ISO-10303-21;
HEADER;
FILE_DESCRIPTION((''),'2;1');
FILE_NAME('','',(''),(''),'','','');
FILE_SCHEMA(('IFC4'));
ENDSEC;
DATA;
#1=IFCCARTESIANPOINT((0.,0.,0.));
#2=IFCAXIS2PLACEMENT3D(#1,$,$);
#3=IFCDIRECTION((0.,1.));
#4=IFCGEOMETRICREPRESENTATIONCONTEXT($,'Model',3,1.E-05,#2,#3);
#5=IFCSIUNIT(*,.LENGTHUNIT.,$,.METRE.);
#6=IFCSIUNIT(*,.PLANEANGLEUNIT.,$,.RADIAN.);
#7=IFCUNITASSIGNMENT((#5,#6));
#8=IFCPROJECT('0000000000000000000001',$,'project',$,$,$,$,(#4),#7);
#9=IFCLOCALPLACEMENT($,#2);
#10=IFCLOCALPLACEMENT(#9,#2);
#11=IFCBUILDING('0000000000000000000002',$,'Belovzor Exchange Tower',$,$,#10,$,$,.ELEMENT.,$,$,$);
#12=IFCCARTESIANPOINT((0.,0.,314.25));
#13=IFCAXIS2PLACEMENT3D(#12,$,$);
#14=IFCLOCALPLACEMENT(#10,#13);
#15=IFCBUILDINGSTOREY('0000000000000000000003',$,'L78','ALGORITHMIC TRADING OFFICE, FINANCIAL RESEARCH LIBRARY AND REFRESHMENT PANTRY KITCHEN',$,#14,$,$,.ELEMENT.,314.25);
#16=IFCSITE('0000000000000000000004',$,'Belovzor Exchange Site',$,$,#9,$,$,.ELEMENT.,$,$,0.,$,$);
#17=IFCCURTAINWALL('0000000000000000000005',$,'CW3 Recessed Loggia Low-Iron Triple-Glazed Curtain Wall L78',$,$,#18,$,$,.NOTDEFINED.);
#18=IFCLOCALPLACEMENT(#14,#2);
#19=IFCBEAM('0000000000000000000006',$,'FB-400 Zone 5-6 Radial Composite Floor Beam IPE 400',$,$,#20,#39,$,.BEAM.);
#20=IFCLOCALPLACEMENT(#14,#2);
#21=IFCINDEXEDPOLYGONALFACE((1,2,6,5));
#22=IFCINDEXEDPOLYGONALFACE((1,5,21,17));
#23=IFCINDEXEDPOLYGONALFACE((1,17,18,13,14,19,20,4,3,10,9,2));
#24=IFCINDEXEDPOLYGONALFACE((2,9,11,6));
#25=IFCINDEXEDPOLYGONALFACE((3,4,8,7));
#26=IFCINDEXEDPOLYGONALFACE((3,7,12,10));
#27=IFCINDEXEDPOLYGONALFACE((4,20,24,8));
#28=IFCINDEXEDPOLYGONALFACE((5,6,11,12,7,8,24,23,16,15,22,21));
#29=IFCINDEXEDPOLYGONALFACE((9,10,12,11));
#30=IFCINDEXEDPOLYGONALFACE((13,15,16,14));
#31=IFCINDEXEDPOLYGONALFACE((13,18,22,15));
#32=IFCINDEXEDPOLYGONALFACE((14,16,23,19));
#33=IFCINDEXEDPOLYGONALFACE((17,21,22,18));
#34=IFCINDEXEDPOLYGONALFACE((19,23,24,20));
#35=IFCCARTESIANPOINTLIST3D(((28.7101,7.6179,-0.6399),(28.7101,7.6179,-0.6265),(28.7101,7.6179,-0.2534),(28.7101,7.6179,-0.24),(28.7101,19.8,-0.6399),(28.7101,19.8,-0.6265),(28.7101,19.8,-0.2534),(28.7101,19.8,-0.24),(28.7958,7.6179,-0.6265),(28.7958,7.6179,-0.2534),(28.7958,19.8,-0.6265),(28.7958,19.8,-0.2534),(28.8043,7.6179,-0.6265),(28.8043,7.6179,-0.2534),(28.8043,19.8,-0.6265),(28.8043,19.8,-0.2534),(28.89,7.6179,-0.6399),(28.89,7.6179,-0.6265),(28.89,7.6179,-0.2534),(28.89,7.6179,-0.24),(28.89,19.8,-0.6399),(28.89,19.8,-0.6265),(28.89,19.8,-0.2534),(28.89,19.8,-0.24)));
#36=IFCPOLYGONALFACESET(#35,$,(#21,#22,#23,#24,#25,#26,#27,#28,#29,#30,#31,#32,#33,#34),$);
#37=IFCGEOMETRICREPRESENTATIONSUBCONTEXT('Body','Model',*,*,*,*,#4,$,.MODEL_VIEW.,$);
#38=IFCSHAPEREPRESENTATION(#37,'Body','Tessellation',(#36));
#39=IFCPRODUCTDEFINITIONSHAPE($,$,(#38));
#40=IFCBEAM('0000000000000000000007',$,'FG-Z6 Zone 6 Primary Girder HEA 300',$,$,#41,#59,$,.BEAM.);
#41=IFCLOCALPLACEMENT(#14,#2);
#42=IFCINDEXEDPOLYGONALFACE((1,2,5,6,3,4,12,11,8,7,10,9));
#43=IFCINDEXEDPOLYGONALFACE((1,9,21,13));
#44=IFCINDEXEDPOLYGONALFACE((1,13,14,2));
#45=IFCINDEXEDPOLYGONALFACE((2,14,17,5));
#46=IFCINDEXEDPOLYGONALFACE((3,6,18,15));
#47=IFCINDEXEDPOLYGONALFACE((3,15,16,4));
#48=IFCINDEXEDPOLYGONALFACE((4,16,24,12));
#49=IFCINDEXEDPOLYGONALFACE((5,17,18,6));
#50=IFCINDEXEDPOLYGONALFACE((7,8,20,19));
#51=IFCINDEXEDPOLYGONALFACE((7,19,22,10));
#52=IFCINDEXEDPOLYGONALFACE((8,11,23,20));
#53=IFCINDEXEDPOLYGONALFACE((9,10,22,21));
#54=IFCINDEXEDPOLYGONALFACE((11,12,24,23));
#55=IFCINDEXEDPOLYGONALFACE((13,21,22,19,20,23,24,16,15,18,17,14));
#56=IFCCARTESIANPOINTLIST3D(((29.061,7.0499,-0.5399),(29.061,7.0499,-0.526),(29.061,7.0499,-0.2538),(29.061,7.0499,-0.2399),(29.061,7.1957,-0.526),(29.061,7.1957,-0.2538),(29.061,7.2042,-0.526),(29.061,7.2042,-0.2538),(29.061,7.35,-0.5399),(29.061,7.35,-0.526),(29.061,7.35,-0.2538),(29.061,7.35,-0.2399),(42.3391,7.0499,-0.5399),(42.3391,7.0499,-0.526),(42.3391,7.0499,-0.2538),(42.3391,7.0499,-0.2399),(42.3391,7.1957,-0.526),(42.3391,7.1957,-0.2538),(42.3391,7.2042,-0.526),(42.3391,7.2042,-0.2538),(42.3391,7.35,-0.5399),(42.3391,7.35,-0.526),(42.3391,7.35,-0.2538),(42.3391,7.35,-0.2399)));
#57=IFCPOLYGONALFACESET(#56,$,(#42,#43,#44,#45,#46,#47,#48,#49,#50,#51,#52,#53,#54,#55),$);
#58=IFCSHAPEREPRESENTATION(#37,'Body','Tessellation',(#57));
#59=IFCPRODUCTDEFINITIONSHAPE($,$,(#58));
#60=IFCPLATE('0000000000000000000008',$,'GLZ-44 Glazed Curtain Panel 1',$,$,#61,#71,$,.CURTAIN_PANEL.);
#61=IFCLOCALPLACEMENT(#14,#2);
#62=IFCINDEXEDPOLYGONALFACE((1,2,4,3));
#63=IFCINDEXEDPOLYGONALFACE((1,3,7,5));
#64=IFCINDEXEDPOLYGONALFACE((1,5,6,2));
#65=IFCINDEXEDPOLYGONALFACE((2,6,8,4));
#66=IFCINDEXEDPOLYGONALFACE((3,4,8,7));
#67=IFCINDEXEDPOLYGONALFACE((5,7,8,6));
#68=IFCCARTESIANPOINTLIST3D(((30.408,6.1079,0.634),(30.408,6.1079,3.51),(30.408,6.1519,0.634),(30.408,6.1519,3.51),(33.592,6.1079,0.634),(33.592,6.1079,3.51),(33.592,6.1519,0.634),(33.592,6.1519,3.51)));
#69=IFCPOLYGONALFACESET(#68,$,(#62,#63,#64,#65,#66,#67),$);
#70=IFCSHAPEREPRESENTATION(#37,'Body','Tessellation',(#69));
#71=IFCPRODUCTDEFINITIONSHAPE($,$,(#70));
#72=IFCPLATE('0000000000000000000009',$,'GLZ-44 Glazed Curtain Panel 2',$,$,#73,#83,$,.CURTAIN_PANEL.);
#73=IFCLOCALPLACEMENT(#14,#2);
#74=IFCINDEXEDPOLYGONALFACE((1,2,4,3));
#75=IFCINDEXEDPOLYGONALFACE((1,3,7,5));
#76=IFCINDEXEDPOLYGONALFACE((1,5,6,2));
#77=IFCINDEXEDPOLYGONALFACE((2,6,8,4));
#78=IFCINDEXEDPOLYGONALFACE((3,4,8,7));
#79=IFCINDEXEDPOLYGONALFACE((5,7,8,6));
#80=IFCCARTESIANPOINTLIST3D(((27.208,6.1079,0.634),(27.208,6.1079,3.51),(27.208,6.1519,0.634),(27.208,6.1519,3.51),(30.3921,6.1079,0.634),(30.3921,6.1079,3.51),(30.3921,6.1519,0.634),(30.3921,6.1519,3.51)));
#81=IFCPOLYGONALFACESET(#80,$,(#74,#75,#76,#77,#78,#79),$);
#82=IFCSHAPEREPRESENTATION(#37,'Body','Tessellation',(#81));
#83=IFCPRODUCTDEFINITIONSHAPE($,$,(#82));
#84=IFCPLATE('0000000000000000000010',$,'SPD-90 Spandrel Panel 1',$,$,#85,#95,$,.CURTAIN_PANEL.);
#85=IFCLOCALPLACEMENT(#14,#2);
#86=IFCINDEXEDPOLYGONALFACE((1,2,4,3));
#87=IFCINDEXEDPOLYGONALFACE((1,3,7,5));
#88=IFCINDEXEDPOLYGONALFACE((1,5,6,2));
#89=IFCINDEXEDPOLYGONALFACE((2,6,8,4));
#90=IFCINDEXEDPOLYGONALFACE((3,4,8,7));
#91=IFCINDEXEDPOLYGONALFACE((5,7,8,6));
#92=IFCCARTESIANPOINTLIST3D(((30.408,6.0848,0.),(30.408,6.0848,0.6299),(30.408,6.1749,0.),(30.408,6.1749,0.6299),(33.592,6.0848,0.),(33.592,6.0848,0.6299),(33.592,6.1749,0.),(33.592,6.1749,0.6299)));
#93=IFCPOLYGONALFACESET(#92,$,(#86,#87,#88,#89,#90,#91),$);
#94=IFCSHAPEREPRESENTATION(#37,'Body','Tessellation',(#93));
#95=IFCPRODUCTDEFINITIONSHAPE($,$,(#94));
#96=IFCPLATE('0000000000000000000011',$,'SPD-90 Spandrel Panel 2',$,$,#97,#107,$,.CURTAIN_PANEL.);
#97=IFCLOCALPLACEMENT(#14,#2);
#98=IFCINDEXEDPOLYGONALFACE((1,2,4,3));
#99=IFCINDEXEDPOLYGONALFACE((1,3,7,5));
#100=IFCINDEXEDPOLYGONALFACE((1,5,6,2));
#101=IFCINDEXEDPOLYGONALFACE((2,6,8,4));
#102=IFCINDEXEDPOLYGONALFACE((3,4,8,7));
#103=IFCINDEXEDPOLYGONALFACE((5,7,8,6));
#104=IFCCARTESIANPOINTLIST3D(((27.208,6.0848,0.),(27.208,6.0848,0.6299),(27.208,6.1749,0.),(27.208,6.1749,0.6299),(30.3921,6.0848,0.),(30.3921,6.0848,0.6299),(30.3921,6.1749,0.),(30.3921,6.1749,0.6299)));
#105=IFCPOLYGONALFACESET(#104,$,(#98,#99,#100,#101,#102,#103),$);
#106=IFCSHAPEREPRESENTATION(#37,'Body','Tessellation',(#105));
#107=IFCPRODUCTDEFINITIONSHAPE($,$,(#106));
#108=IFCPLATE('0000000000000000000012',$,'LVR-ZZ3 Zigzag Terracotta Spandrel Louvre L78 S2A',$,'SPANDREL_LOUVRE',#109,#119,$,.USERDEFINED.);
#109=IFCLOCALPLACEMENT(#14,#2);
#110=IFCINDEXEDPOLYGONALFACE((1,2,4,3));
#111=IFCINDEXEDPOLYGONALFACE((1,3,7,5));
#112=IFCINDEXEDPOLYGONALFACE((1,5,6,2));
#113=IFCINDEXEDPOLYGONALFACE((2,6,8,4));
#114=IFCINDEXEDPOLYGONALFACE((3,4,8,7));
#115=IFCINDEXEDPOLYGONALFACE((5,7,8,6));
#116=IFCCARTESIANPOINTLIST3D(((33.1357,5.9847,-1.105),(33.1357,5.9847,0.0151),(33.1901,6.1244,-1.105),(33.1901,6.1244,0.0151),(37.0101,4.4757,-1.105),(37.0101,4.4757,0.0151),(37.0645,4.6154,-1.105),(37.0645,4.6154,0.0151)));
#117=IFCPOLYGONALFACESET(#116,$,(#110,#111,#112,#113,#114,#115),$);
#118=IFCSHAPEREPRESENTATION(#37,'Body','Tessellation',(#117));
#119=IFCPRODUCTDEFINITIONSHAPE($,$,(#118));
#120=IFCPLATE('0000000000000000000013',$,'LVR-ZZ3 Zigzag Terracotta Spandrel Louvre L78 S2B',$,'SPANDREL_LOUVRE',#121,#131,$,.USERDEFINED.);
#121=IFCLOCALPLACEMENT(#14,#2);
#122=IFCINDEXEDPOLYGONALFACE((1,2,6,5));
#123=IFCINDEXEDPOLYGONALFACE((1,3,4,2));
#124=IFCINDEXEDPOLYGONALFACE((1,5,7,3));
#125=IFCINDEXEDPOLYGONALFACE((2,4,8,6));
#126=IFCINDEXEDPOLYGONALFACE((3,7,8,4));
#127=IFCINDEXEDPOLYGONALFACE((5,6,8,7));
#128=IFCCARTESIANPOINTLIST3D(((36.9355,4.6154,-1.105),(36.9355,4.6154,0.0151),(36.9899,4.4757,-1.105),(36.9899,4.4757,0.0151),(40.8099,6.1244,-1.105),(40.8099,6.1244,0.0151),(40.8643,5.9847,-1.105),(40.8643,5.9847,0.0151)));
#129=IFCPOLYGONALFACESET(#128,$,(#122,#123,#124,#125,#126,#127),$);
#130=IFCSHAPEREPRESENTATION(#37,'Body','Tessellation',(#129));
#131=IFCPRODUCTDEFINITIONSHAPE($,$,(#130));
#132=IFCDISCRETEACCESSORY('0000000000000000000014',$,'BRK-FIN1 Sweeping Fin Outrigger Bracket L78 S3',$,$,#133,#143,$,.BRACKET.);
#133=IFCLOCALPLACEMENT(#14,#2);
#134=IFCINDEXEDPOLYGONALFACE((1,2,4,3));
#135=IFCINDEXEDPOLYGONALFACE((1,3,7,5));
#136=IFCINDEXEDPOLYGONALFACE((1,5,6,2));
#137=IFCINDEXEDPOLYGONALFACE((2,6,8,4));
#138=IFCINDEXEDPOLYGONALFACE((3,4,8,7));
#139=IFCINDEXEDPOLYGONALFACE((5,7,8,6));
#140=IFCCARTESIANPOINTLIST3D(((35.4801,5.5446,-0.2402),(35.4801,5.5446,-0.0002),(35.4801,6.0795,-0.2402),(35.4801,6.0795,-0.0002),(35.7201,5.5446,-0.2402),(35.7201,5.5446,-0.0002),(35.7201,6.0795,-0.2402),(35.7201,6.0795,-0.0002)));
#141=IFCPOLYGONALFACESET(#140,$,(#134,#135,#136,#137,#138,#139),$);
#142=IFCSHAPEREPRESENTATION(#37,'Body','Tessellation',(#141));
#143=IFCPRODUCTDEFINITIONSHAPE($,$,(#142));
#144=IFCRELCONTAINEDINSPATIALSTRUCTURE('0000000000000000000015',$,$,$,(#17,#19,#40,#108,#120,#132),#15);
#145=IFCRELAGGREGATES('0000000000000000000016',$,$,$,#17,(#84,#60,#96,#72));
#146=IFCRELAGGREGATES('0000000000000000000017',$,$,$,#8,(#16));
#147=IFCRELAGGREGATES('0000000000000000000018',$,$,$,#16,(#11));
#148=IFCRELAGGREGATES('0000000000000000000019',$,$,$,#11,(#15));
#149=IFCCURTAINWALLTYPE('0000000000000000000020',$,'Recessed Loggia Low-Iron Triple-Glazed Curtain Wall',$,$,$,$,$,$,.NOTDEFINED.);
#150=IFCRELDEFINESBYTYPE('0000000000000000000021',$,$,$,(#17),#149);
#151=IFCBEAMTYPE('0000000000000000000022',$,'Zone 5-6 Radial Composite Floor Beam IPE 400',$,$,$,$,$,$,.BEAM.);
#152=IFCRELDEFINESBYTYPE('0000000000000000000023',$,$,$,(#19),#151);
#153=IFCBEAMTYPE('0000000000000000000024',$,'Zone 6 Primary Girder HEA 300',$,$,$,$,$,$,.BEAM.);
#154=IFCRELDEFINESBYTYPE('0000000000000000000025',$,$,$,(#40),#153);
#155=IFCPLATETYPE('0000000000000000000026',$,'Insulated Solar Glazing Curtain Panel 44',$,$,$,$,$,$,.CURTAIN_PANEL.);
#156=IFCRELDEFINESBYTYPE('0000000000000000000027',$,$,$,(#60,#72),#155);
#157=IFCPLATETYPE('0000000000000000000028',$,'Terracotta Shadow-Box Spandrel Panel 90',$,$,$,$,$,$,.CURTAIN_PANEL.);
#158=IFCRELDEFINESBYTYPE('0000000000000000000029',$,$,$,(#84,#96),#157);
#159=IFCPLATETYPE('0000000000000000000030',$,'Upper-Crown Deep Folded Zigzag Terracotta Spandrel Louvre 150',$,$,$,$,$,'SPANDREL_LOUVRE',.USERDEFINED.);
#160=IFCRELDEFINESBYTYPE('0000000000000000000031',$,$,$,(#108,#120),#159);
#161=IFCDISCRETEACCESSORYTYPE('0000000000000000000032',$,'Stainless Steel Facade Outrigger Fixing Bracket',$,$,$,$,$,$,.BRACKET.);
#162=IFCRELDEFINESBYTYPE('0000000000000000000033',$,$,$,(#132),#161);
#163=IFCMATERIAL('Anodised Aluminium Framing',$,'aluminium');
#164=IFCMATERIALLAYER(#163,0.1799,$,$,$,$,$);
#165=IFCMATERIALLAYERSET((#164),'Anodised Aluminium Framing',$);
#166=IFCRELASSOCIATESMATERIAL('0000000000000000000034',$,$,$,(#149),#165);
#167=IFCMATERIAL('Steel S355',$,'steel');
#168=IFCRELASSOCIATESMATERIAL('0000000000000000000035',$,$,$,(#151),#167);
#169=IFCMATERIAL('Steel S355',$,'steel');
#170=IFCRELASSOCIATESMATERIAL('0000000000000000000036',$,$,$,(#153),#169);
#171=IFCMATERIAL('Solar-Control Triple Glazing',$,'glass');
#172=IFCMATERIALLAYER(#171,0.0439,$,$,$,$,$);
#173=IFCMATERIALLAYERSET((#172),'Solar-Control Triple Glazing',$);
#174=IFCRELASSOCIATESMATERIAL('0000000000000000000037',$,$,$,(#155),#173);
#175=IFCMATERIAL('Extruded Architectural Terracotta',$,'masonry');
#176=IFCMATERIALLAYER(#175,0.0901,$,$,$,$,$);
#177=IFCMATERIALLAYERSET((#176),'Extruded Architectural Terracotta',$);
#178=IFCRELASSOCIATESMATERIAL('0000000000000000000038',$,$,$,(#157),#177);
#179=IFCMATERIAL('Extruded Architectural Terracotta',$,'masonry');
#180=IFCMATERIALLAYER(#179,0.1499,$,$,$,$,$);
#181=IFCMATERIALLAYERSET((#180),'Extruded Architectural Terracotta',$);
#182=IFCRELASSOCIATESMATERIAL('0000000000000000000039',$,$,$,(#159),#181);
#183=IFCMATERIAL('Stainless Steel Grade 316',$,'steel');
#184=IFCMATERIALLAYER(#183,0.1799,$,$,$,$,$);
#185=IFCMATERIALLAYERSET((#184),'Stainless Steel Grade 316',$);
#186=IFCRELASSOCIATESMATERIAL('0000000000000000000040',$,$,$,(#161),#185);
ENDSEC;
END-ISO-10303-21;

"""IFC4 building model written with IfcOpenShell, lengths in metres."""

from ifc_helpers import new_model, si_unit, direction, frame, origin, origin_2d, place, context, subcontext, project, spatial, rectangle, i_section, extrude, material, layer, layer_set, material_profile, profile_set, type_object, element, aggregate, save


model = new_model("IFC4")

# Units and contexts
model_context = context("Model", 3, precision=1e-05, world=origin(), true_north=direction((0.0, 1.0)))
body_context = subcontext(model_context, "Body", "Model", "MODEL_VIEW")
ifc_project = project(units=[si_unit("LENGTHUNIT", "METRE"), si_unit("PLANEANGLEUNIT", "RADIAN")], contexts=[model_context])

# Site, building, storey
site_placement = place(None, origin())
site = spatial("IfcSite", under=ifc_project, at=site_placement, Name="Belovzor Exchange Site", CompositionType="ELEMENT", RefElevation=0.0)
building_placement = place(site_placement, origin())
building = spatial("IfcBuilding", under=site, at=building_placement, Name="Belovzor Exchange Tower", CompositionType="ELEMENT")
storey_placement = place(building_placement, frame((0.0, 0.0, 314.25)))
storey = spatial("IfcBuildingStorey", under=building, at=storey_placement, Name="L78", Description="ALGORITHMIC TRADING OFFICE, FINANCIAL RESEARCH LIBRARY AND REFRESHMENT PANTRY KITCHEN", CompositionType="ELEMENT", Elevation=314.25)

# Curtain wall
ifc_material_1 = material(Name="Anodised Aluminium Framing", Category="aluminium")
ifc_layer_1 = layer(ifc_material_1, 0.1799)
ifc_layer_set_1 = layer_set([ifc_layer_1], Name="Anodised Aluminium Framing")
curtain_wall_type = type_object("IfcCurtainWallType", Name="Recessed Loggia Low-Iron Triple-Glazed Curtain Wall", PredefinedType="NOTDEFINED", material=ifc_layer_set_1)
curtain_wall_placement = place(storey_placement, origin())
curtain_wall = element("IfcCurtainWall", 1, at=curtain_wall_placement, inside=storey, type_object=curtain_wall_type, Name="CW3 Recessed Loggia Low-Iron Triple-Glazed Curtain Wall L78", PredefinedType="NOTDEFINED")

# Beams
ifc_material_2 = material(Name="Steel S355", Category="steel")
ifc_material_profile_1 = material_profile(ifc_material_2, i_section(OverallWidth=0.1799, OverallDepth=0.3999, WebThickness=0.0085, FlangeThickness=0.0134, at=origin_2d()))
ifc_profile_set_1 = profile_set([ifc_material_profile_1], Name="Steel S355")
beam_type_1 = type_object("IfcBeamType", Name="Zone 5-6 Radial Composite Floor Beam IPE 400", PredefinedType="BEAM", material=ifc_profile_set_1)
beam_1_placement = place(storey_placement, frame((28.8, 19.8, -0.4399), z_axis=(0.0, -1.0, 0.0), x_axis=(1.0, 0.0, 0.0)))
element("IfcBeam", 2, at=beam_1_placement, inside=storey, type_object=beam_type_1, Name="FB-400 Zone 5-6 Radial Composite Floor Beam IPE 400", PredefinedType="BEAM", context=body_context, shape_type="SweptSolid", body=[
    extrude(i_section(OverallWidth=0.1799, OverallDepth=0.3999, WebThickness=0.0085, FlangeThickness=0.0134, at=origin_2d()), origin(), (0.0, 0.0, 1.0), 12.1821),
])
ifc_material_3 = material(Name="Steel S355", Category="steel")
ifc_material_profile_2 = material_profile(ifc_material_3, i_section(OverallWidth=0.3, OverallDepth=0.3, WebThickness=0.0085, FlangeThickness=0.0139, at=origin_2d()))
ifc_profile_set_2 = profile_set([ifc_material_profile_2], Name="Steel S355")
beam_type_2 = type_object("IfcBeamType", Name="Zone 6 Primary Girder HEA 300", PredefinedType="BEAM", material=ifc_profile_set_2)
beam_2_placement = place(storey_placement, frame((29.061, 7.2, -0.3899), z_axis=(1.0, 0.0, 0.0), x_axis=(0.0, 1.0, 0.0)))
element("IfcBeam", 3, at=beam_2_placement, inside=storey, type_object=beam_type_2, Name="FG-Z6 Zone 6 Primary Girder HEA 300", PredefinedType="BEAM", context=body_context, shape_type="SweptSolid", body=[
    extrude(i_section(OverallWidth=0.3, OverallDepth=0.3, WebThickness=0.0085, FlangeThickness=0.0139, at=origin_2d()), origin(), (0.0, 0.0, 1.0), 13.2781),
])

# Plates
ifc_material_4 = material(Name="Solar-Control Triple Glazing", Category="glass")
ifc_layer_2 = layer(ifc_material_4, 0.0439)
ifc_layer_set_2 = layer_set([ifc_layer_2], Name="Solar-Control Triple Glazing")
plate_type_1 = type_object("IfcPlateType", Name="Insulated Solar Glazing Curtain Panel 44", PredefinedType="CURTAIN_PANEL", material=ifc_layer_set_2)
plate_1_placement = place(storey_placement, frame((32.0, 6.1299, 0.634), z_axis=(0.0, 0.0, 1.0), x_axis=(-1.0, 0.0, 0.0)))
plate_1 = element("IfcPlate", 4, at=plate_1_placement, type_object=plate_type_1, Name="GLZ-44 Glazed Curtain Panel 1", PredefinedType="CURTAIN_PANEL", context=body_context, shape_type="SweptSolid", body=[
    extrude(rectangle(XDim=3.1841, YDim=0.0439, at=origin_2d()), origin(), (0.0, 0.0, 1.0), 2.876),
])
plate_2_placement = place(storey_placement, frame((28.8, 6.1299, 0.634), z_axis=(0.0, 0.0, 1.0), x_axis=(-1.0, 0.0, 0.0)))
plate_2 = element("IfcPlate", 5, at=plate_2_placement, type_object=plate_type_1, Name="GLZ-44 Glazed Curtain Panel 2", PredefinedType="CURTAIN_PANEL", context=body_context, shape_type="SweptSolid", body=[
    extrude(rectangle(XDim=3.1841, YDim=0.0439, at=origin_2d()), origin(), (0.0, 0.0, 1.0), 2.876),
])
ifc_material_5 = material(Name="Extruded Architectural Terracotta", Category="masonry")
ifc_layer_3 = layer(ifc_material_5, 0.0901)
ifc_layer_set_3 = layer_set([ifc_layer_3], Name="Extruded Architectural Terracotta")
plate_type_2 = type_object("IfcPlateType", Name="Terracotta Shadow-Box Spandrel Panel 90", PredefinedType="CURTAIN_PANEL", material=ifc_layer_set_3)
plate_3_placement = place(storey_placement, frame((32.0, 6.1299, 0.0), z_axis=(0.0, 0.0, 1.0), x_axis=(-1.0, 0.0, 0.0)))
plate_3 = element("IfcPlate", 6, at=plate_3_placement, type_object=plate_type_2, Name="SPD-90 Spandrel Panel 1", PredefinedType="CURTAIN_PANEL", context=body_context, shape_type="SweptSolid", body=[
    extrude(rectangle(XDim=3.1841, YDim=0.0901, at=origin_2d()), origin(), (0.0, 0.0, 1.0), 0.6299),
])
plate_4_placement = place(storey_placement, frame((28.8, 6.1299, 0.0), z_axis=(0.0, 0.0, 1.0), x_axis=(-1.0, 0.0, 0.0)))
plate_4 = element("IfcPlate", 7, at=plate_4_placement, type_object=plate_type_2, Name="SPD-90 Spandrel Panel 2", PredefinedType="CURTAIN_PANEL", context=body_context, shape_type="SweptSolid", body=[
    extrude(rectangle(XDim=3.1841, YDim=0.0901, at=origin_2d()), origin(), (0.0, 0.0, 1.0), 0.6299),
])
aggregate(curtain_wall, [plate_3, plate_1, plate_4, plate_2])

# Plates
ifc_material_6 = material(Name="Extruded Architectural Terracotta", Category="masonry")
ifc_layer_4 = layer(ifc_material_6, 0.1499)
ifc_layer_set_4 = layer_set([ifc_layer_4], Name="Extruded Architectural Terracotta")
plate_type_3 = type_object("IfcPlateType", Name="Upper-Crown Deep Folded Zigzag Terracotta Spandrel Louvre 150", ElementType="SPANDREL_LOUVRE", PredefinedType="USERDEFINED", material=ifc_layer_set_4)
for number, where, z_axis, x_axis, name in (
    (8, (35.1001, 5.3, -1.105), (0.0, 0.0, 1.0), (0.931818, -0.362926, 0.0), "LVR-ZZ3 Zigzag Terracotta Spandrel Louvre L78 S2A"),
    (9, (38.8999, 5.3, -1.105), (0.0, 0.0, 1.0), (0.931818, 0.362926, 0.0), "LVR-ZZ3 Zigzag Terracotta Spandrel Louvre L78 S2B"),
):
    element("IfcPlate", number, at=place(storey_placement, frame(where, z_axis=z_axis, x_axis=x_axis)), inside=storey, type_object=plate_type_3, Name=name, ObjectType="SPANDREL_LOUVRE", PredefinedType="USERDEFINED", context=body_context, shape_type="SweptSolid", body=[
        extrude(rectangle(XDim=4.158, YDim=0.1499, at=origin_2d()), origin(), (0.0, 0.0, 1.0), 1.1201),
    ])

# Discrete accessory
ifc_material_7 = material(Name="Stainless Steel Grade 316", Category="steel")
ifc_layer_5 = layer(ifc_material_7, 0.1799)
ifc_layer_set_5 = layer_set([ifc_layer_5], Name="Stainless Steel Grade 316")
discrete_accessory_type = type_object("IfcDiscreteAccessoryType", Name="Stainless Steel Facade Outrigger Fixing Bracket", PredefinedType="BRACKET", material=ifc_layer_set_5)
discrete_accessory_placement = place(storey_placement, frame((35.6001, 5.812, -0.2402), z_axis=(0.0, 0.0, 1.0), x_axis=(0.0, 1.0, 0.0)))
element("IfcDiscreteAccessory", 10, at=discrete_accessory_placement, inside=storey, type_object=discrete_accessory_type, Name="BRK-FIN1 Sweeping Fin Outrigger Bracket L78 S3", PredefinedType="BRACKET", context=body_context, shape_type="SweptSolid", body=[
    extrude(rectangle(XDim=0.5349, YDim=0.24, at=origin_2d()), origin(), (0.0, 0.0, 1.0), 0.24),
])

save(model, "model.ifc")
